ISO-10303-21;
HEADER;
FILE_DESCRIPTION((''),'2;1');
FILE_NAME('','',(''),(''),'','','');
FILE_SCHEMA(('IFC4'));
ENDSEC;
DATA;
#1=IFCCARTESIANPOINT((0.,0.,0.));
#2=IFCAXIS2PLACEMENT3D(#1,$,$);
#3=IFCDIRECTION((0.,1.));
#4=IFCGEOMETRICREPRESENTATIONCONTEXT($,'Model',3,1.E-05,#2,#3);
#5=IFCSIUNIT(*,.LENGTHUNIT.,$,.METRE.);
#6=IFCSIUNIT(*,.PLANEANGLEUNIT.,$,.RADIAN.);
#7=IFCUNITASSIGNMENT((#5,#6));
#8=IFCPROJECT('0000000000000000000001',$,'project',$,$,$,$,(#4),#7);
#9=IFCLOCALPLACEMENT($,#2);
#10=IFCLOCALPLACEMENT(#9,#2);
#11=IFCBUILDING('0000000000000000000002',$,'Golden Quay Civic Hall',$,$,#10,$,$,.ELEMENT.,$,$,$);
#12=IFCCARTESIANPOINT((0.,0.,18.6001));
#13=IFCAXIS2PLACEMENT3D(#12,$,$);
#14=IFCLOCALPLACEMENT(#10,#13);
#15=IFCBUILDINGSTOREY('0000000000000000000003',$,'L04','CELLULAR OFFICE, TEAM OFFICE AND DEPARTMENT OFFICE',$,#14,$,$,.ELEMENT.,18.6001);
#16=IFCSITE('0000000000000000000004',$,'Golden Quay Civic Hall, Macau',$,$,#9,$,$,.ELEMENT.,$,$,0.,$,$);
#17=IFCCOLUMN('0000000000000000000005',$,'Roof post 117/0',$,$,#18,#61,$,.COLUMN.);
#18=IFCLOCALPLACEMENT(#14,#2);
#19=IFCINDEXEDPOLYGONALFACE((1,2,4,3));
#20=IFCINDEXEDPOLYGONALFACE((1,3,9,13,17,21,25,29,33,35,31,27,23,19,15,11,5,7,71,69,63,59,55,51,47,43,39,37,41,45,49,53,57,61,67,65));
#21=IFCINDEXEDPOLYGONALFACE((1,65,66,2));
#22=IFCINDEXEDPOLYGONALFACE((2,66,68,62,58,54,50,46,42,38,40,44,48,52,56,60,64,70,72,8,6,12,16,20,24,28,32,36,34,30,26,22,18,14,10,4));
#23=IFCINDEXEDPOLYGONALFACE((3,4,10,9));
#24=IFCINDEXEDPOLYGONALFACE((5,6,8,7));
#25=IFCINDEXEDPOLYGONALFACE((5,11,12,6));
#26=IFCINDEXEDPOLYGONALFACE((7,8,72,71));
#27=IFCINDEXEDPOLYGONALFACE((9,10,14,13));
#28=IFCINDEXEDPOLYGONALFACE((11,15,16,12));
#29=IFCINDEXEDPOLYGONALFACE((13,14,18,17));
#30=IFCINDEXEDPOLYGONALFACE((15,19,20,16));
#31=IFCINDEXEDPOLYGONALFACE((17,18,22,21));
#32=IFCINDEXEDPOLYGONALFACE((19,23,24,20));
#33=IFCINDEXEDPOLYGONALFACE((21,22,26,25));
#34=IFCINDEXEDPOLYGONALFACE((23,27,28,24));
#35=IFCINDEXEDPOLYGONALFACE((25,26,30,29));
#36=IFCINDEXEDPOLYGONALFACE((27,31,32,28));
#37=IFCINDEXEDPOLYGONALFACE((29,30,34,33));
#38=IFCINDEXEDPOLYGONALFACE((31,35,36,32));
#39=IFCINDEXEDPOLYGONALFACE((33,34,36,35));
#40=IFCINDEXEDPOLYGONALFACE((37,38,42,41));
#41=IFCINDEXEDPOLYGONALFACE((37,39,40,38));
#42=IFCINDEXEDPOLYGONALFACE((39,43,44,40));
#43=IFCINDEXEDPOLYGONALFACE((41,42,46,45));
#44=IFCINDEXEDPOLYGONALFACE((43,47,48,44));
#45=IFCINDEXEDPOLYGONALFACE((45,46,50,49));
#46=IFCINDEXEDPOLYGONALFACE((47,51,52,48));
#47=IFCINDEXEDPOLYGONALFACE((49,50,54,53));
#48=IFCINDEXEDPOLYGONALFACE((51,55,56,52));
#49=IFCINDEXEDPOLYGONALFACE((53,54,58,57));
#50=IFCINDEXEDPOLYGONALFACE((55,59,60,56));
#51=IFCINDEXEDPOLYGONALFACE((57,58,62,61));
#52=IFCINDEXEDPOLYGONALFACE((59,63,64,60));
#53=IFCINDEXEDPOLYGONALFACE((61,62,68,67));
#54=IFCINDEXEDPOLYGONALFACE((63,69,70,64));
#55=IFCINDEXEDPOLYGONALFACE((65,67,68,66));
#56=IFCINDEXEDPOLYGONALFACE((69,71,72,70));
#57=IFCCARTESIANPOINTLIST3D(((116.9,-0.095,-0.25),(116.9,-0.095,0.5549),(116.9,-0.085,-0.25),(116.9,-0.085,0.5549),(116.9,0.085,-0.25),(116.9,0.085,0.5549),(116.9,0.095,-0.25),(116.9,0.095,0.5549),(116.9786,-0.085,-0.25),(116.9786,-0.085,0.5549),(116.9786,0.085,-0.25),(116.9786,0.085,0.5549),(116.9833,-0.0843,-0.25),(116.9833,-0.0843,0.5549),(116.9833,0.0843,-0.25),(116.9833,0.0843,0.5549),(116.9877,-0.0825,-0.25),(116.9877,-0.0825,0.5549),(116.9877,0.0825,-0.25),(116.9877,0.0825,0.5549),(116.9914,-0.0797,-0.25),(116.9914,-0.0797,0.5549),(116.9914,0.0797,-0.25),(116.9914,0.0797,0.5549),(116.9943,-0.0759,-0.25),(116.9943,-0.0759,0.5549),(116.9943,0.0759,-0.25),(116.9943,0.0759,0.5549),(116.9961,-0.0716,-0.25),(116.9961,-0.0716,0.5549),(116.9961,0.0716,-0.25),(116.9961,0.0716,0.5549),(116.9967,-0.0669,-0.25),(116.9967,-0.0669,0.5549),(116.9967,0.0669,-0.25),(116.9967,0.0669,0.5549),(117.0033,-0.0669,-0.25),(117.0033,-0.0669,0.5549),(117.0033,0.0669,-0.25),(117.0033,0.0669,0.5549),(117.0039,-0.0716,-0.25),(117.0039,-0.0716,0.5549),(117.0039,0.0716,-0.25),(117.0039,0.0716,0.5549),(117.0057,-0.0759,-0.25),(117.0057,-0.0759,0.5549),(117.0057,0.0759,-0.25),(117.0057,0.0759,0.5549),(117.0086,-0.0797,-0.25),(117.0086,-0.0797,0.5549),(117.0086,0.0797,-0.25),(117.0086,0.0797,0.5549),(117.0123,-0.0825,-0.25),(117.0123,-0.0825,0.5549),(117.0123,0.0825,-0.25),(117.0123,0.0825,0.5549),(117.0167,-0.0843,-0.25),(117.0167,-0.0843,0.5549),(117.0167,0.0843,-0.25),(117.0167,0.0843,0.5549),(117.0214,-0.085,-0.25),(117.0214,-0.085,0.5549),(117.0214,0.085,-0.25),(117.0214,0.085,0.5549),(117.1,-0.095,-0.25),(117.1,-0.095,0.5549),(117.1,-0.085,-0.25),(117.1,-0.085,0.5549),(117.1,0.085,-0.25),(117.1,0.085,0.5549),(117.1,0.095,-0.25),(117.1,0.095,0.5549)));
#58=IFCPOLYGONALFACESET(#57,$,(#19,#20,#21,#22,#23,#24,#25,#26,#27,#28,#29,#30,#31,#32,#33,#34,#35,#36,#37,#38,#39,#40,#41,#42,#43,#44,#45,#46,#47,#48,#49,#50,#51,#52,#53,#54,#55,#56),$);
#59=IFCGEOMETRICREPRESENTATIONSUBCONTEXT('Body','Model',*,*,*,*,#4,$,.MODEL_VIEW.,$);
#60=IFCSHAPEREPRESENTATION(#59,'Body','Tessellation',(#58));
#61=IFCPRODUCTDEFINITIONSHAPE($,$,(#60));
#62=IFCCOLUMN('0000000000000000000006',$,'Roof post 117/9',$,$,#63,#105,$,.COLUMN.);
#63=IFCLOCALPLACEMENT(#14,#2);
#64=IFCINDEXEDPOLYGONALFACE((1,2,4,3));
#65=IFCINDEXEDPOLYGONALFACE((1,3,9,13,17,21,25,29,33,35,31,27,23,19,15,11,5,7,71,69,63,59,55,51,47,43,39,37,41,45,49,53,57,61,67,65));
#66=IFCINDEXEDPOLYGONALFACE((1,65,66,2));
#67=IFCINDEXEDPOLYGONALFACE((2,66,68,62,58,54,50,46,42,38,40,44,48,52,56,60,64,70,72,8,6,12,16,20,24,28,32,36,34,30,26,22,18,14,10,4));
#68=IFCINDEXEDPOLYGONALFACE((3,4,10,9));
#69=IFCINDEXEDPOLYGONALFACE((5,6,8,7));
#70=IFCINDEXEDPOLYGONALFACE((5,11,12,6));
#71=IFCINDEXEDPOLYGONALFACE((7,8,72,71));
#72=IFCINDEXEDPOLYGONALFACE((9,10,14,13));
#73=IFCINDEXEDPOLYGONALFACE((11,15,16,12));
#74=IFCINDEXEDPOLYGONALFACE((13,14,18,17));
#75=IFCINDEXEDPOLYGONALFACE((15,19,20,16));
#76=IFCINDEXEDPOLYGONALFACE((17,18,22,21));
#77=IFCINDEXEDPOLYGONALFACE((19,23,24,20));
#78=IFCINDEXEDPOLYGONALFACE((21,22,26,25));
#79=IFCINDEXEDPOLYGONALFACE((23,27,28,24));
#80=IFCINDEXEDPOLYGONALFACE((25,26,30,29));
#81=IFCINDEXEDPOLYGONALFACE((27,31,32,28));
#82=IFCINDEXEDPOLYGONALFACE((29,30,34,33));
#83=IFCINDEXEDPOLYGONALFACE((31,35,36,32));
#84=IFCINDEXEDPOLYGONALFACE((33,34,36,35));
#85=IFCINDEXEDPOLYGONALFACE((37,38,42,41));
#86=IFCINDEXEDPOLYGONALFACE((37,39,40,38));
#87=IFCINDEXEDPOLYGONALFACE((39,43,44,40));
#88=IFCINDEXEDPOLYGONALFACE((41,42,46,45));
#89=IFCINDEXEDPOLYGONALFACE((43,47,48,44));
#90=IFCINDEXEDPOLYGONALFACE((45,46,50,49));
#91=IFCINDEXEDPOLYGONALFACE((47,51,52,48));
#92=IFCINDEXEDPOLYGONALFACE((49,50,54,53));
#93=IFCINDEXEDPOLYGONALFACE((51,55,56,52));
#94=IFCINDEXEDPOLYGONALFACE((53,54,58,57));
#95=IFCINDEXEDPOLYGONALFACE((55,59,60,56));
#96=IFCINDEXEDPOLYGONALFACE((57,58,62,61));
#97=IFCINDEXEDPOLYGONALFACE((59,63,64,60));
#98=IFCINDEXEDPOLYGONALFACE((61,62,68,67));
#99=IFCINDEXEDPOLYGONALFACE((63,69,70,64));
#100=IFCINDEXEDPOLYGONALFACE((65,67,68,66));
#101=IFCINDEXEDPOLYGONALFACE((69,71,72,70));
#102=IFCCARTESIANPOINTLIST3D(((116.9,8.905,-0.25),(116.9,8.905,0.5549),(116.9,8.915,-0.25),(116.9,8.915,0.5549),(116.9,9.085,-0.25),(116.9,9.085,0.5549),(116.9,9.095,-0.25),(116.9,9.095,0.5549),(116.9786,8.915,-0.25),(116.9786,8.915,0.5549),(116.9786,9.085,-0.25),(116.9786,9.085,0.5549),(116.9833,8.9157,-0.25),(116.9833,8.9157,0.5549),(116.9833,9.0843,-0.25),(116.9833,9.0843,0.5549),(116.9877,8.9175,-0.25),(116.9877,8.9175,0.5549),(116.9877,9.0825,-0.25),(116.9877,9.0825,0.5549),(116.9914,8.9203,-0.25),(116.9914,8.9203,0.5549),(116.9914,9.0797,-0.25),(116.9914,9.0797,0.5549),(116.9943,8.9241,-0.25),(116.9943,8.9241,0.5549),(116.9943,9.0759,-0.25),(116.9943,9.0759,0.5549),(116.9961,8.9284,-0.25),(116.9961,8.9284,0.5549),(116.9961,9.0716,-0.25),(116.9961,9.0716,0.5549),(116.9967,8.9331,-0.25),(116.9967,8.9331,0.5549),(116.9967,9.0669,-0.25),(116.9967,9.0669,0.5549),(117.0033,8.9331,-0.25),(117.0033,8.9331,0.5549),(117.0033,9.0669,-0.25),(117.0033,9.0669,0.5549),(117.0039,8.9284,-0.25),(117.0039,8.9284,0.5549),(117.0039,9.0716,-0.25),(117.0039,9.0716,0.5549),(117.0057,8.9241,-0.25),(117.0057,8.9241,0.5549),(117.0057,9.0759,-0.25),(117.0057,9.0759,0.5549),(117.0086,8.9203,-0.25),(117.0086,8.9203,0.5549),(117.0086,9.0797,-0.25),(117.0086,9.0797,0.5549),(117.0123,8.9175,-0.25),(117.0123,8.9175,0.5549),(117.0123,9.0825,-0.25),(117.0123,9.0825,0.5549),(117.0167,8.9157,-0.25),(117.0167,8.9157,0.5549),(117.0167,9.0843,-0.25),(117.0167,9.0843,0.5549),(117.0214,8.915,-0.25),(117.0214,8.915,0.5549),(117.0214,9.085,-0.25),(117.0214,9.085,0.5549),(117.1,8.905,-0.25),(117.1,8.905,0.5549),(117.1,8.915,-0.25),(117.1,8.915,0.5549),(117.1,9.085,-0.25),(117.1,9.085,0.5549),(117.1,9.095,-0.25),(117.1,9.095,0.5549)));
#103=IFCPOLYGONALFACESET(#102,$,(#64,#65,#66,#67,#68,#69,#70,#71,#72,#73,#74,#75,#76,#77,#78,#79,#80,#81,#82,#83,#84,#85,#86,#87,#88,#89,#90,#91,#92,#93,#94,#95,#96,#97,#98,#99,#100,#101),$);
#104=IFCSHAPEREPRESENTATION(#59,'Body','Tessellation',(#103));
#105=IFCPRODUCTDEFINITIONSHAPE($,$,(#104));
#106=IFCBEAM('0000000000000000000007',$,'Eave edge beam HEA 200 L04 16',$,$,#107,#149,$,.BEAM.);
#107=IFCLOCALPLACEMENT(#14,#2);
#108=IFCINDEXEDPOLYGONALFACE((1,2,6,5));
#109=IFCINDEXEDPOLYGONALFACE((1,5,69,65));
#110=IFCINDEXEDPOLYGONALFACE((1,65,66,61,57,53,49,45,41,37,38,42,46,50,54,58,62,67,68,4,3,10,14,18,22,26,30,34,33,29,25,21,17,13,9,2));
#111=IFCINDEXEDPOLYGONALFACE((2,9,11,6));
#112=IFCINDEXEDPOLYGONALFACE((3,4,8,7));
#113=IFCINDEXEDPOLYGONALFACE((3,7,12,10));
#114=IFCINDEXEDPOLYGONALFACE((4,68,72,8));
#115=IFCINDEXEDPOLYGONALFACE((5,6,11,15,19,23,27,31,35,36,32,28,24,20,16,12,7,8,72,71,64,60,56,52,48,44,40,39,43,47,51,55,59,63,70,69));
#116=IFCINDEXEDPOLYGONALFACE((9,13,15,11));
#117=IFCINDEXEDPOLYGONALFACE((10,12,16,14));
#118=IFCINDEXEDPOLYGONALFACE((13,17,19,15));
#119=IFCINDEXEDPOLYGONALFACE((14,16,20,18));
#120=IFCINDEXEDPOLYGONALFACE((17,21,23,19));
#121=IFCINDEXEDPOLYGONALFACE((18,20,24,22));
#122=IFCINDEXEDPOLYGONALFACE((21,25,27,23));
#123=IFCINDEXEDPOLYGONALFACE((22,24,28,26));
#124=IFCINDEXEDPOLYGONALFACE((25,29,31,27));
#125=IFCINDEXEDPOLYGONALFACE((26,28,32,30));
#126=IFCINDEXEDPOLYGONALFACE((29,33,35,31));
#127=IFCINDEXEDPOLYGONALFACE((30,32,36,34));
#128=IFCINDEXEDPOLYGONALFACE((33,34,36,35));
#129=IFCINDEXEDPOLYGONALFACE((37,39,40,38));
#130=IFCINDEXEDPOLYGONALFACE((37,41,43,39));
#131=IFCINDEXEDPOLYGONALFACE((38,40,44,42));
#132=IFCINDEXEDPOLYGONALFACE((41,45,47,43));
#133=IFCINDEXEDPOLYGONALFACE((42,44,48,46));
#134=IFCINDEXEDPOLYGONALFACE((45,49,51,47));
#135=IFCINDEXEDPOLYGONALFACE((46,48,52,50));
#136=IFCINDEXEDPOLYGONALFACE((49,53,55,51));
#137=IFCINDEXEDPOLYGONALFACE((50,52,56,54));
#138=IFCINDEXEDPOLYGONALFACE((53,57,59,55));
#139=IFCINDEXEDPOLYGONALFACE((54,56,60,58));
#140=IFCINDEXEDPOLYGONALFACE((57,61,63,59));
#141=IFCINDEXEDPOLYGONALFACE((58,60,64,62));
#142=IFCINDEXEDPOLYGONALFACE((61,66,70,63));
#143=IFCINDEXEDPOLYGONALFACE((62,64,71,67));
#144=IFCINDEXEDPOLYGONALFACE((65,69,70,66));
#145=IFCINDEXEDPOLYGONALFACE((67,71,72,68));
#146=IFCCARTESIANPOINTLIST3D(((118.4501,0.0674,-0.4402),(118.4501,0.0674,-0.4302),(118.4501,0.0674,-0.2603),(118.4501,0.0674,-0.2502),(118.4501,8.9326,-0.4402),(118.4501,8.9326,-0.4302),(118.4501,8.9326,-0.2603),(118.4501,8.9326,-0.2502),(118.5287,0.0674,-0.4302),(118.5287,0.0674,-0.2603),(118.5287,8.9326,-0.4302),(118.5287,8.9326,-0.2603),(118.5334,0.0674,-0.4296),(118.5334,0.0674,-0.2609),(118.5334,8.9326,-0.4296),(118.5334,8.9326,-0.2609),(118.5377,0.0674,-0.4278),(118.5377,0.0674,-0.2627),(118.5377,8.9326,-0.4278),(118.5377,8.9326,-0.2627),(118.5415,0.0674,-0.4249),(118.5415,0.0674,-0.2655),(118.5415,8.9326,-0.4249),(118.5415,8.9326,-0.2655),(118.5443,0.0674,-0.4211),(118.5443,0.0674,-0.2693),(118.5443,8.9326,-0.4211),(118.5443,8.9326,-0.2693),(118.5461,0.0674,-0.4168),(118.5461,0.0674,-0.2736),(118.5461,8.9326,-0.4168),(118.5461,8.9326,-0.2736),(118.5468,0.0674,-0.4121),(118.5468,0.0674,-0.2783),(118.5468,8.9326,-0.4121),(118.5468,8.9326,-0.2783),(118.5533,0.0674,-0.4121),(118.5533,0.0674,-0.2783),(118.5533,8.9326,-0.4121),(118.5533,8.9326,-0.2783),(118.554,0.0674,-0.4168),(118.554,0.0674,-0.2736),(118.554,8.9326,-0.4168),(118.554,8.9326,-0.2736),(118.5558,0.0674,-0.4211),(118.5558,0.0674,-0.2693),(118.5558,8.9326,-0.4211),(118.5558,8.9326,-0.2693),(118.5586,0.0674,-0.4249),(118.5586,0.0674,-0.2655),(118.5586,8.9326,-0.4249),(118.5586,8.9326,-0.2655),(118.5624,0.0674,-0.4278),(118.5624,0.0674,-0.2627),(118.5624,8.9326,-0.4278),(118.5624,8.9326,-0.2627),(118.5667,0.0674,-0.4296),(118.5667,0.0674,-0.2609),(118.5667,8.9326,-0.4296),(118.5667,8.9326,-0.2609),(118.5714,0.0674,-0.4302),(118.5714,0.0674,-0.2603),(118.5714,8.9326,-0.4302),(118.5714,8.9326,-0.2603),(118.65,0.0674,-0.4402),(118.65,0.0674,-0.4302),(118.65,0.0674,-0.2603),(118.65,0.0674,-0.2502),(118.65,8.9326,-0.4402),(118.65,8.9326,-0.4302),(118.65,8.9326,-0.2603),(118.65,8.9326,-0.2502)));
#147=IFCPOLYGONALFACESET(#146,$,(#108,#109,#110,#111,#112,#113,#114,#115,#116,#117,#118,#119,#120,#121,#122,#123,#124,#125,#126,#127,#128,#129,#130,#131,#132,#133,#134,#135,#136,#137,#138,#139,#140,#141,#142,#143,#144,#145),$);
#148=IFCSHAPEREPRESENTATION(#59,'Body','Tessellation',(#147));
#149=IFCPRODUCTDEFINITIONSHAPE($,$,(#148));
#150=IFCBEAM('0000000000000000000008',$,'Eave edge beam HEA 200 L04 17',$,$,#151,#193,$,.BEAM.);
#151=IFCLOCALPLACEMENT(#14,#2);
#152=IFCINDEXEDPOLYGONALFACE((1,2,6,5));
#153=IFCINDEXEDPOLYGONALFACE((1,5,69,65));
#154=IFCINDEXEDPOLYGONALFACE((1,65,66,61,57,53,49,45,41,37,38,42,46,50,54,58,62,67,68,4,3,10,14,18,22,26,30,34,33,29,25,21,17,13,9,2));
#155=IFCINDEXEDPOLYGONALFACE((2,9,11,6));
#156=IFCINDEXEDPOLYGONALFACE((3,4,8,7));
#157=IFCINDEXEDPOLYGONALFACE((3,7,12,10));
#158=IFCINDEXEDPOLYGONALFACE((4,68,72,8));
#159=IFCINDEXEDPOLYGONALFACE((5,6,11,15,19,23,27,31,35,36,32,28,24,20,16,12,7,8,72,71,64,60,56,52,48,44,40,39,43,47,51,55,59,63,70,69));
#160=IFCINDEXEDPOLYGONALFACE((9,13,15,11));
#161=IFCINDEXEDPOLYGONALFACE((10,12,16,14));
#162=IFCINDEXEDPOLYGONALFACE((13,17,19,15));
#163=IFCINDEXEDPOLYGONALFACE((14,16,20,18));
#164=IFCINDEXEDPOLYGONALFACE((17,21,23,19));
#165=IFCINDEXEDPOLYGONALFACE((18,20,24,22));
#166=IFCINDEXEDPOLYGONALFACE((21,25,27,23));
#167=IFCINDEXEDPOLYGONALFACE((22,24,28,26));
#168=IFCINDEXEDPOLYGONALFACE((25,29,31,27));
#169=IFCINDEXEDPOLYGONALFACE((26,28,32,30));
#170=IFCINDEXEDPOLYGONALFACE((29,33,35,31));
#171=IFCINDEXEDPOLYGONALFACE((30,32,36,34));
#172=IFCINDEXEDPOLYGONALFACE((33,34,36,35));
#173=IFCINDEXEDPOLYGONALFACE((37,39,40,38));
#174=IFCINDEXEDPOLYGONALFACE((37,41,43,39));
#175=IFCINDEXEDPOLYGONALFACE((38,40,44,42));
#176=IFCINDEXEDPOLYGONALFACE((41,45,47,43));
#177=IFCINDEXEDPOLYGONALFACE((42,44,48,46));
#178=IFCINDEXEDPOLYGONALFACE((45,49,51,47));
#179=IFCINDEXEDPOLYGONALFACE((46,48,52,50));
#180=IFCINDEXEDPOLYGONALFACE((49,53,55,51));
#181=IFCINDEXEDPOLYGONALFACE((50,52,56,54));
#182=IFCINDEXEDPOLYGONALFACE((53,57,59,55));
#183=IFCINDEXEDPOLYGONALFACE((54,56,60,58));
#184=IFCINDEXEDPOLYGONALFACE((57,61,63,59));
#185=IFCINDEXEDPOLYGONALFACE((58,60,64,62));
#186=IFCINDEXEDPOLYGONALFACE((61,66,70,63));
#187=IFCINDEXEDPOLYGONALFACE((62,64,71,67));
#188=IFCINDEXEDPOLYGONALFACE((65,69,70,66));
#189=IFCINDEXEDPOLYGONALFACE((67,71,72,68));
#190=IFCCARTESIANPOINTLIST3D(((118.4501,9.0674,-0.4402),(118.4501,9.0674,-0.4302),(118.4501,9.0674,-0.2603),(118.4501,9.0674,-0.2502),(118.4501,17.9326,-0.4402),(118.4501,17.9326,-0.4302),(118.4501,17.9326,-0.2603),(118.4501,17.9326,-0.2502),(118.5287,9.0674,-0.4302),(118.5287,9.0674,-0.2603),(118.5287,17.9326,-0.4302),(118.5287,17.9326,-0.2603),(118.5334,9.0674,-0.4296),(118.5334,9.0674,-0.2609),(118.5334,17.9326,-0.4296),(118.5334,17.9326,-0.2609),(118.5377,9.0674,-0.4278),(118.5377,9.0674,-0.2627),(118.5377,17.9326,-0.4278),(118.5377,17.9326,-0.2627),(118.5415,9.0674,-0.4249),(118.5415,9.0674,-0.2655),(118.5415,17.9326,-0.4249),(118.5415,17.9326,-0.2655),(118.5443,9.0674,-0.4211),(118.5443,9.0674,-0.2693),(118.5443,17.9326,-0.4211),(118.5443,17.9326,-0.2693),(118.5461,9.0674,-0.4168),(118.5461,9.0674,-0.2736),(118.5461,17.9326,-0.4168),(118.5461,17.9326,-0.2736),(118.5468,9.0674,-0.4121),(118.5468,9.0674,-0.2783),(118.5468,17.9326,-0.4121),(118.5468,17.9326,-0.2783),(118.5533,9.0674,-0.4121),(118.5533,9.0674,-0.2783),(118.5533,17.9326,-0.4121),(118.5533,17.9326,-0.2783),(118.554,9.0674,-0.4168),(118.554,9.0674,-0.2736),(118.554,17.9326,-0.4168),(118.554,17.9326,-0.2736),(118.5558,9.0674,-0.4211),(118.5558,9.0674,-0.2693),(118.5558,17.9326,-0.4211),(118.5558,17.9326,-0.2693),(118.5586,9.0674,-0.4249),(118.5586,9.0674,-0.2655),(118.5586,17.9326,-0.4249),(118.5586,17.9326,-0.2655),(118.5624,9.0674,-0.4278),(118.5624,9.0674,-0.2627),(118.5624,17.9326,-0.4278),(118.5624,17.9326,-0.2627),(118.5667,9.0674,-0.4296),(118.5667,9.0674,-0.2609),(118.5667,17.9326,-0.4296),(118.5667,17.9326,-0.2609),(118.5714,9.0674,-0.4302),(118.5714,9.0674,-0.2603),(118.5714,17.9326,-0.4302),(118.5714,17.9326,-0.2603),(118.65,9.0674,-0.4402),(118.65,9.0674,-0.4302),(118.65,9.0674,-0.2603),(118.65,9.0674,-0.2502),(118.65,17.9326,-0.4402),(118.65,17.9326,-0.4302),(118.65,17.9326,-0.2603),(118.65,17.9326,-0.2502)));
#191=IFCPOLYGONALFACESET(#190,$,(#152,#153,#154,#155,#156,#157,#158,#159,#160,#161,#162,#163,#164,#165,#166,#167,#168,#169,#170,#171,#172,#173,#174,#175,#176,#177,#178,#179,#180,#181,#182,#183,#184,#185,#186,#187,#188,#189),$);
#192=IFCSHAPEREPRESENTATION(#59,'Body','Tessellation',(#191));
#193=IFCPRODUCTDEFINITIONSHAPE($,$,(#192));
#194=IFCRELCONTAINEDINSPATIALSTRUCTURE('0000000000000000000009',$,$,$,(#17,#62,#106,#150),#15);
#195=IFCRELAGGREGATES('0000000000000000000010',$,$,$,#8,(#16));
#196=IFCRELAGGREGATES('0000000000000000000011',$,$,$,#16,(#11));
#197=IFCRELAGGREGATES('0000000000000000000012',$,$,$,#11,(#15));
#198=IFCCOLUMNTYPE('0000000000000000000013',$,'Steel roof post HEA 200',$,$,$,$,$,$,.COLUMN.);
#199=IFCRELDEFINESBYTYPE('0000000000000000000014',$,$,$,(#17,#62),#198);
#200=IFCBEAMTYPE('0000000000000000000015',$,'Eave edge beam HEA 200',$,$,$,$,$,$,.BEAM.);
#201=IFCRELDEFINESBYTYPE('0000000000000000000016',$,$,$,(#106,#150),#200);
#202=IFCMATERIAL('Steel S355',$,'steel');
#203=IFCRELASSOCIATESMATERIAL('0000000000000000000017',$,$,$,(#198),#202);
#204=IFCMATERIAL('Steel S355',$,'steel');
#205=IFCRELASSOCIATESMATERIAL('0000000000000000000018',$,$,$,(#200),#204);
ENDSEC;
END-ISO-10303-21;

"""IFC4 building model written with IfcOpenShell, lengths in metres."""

from ifc_helpers import new_model, si_unit, direction, frame, origin, origin_2d, place, context, subcontext, project, spatial, i_section, extrude, material, material_profile, profile_set, type_object, element, save


model = new_model("IFC4")

# Units and contexts
model_context = context("Model", 3, precision=1e-05, world=origin(), true_north=direction((0.0, 1.0)))
body_context = subcontext(model_context, "Body", "Model", "MODEL_VIEW")
ifc_project = project(units=[si_unit("LENGTHUNIT", "METRE"), si_unit("PLANEANGLEUNIT", "RADIAN")], contexts=[model_context])

# Site, building, storey
site_placement = place(None, origin())
site = spatial("IfcSite", under=ifc_project, at=site_placement, Name="Golden Quay Civic Hall, Macau", CompositionType="ELEMENT", RefElevation=0.0)
building_placement = place(site_placement, origin())
building = spatial("IfcBuilding", under=site, at=building_placement, Name="Golden Quay Civic Hall", CompositionType="ELEMENT")
storey_placement = place(building_placement, frame((0.0, 0.0, 18.6001)))
storey = spatial("IfcBuildingStorey", under=building, at=storey_placement, Name="L04", Description="CELLULAR OFFICE, TEAM OFFICE AND DEPARTMENT OFFICE", CompositionType="ELEMENT", Elevation=18.6001)

# Columns
ifc_material_1 = material(Name="Steel S355", Category="steel")
ifc_material_profile_1 = material_profile(ifc_material_1, i_section(OverallWidth=0.2, OverallDepth=0.1899, WebThickness=0.0066, FlangeThickness=0.01, FilletRadius=0.0181, at=origin_2d()), Name="HEA 200")
ifc_profile_set_1 = profile_set([ifc_material_profile_1], Name="Steel S355")
column_type = type_object("IfcColumnType", Name="Steel roof post HEA 200", PredefinedType="COLUMN", material=ifc_profile_set_1)
for number, where, z_axis, x_axis, name in (
    (1, (117.0, 0.0, -0.25), (0.0, 0.0, 1.0), (1.0, 0.0, 0.0), "Roof post 117/0"),
    (2, (117.0, 9.0, -0.25), (0.0, 0.0, 1.0), (1.0, 0.0, 0.0), "Roof post 117/9"),
):
    element("IfcColumn", number, at=place(storey_placement, frame(where, z_axis=z_axis, x_axis=x_axis)), inside=storey, type_object=column_type, Name=name, PredefinedType="COLUMN", context=body_context, shape_type="SweptSolid", body=[
        extrude(i_section(OverallWidth=0.2, OverallDepth=0.1899, WebThickness=0.0066, FlangeThickness=0.01, FilletRadius=0.0181, at=origin_2d()), origin(), (0.0, 0.0, 1.0), 0.8049),
    ])

# Beams
ifc_material_2 = material(Name="Steel S355", Category="steel")
ifc_material_profile_2 = material_profile(ifc_material_2, i_section(OverallWidth=0.2, OverallDepth=0.1899, WebThickness=0.0066, FlangeThickness=0.01, FilletRadius=0.0181, at=origin_2d()), Name="HEA 200")
ifc_profile_set_2 = profile_set([ifc_material_profile_2], Name="Steel S355")
beam_type_1 = type_object("IfcBeamType", Name="Eave edge beam HEA 200", PredefinedType="BEAM", material=ifc_profile_set_2)
for number, where, z_axis, x_axis, name in (
    (3, (118.55, 0.0674, -0.3452), (0.0, 1.0, 0.0), (-1.0, 0.0, 0.0), "Eave edge beam HEA 200 L04 16"),
    (4, (118.55, 9.0674, -0.3452), (0.0, 1.0, 0.0), (-1.0, 0.0, 0.0), "Eave edge beam HEA 200 L04 17"),
):
    element("IfcBeam", number, at=place(storey_placement, frame(where, z_axis=z_axis, x_axis=x_axis)), inside=storey, type_object=beam_type_1, Name=name, PredefinedType="BEAM", context=body_context, shape_type="SweptSolid", body=[
        extrude(i_section(OverallWidth=0.2, OverallDepth=0.1899, WebThickness=0.0066, FlangeThickness=0.01, FilletRadius=0.0181, at=origin_2d()), origin(), (0.0, 0.0, 1.0), 8.8652),
    ])

save(model, "model.ifc")
